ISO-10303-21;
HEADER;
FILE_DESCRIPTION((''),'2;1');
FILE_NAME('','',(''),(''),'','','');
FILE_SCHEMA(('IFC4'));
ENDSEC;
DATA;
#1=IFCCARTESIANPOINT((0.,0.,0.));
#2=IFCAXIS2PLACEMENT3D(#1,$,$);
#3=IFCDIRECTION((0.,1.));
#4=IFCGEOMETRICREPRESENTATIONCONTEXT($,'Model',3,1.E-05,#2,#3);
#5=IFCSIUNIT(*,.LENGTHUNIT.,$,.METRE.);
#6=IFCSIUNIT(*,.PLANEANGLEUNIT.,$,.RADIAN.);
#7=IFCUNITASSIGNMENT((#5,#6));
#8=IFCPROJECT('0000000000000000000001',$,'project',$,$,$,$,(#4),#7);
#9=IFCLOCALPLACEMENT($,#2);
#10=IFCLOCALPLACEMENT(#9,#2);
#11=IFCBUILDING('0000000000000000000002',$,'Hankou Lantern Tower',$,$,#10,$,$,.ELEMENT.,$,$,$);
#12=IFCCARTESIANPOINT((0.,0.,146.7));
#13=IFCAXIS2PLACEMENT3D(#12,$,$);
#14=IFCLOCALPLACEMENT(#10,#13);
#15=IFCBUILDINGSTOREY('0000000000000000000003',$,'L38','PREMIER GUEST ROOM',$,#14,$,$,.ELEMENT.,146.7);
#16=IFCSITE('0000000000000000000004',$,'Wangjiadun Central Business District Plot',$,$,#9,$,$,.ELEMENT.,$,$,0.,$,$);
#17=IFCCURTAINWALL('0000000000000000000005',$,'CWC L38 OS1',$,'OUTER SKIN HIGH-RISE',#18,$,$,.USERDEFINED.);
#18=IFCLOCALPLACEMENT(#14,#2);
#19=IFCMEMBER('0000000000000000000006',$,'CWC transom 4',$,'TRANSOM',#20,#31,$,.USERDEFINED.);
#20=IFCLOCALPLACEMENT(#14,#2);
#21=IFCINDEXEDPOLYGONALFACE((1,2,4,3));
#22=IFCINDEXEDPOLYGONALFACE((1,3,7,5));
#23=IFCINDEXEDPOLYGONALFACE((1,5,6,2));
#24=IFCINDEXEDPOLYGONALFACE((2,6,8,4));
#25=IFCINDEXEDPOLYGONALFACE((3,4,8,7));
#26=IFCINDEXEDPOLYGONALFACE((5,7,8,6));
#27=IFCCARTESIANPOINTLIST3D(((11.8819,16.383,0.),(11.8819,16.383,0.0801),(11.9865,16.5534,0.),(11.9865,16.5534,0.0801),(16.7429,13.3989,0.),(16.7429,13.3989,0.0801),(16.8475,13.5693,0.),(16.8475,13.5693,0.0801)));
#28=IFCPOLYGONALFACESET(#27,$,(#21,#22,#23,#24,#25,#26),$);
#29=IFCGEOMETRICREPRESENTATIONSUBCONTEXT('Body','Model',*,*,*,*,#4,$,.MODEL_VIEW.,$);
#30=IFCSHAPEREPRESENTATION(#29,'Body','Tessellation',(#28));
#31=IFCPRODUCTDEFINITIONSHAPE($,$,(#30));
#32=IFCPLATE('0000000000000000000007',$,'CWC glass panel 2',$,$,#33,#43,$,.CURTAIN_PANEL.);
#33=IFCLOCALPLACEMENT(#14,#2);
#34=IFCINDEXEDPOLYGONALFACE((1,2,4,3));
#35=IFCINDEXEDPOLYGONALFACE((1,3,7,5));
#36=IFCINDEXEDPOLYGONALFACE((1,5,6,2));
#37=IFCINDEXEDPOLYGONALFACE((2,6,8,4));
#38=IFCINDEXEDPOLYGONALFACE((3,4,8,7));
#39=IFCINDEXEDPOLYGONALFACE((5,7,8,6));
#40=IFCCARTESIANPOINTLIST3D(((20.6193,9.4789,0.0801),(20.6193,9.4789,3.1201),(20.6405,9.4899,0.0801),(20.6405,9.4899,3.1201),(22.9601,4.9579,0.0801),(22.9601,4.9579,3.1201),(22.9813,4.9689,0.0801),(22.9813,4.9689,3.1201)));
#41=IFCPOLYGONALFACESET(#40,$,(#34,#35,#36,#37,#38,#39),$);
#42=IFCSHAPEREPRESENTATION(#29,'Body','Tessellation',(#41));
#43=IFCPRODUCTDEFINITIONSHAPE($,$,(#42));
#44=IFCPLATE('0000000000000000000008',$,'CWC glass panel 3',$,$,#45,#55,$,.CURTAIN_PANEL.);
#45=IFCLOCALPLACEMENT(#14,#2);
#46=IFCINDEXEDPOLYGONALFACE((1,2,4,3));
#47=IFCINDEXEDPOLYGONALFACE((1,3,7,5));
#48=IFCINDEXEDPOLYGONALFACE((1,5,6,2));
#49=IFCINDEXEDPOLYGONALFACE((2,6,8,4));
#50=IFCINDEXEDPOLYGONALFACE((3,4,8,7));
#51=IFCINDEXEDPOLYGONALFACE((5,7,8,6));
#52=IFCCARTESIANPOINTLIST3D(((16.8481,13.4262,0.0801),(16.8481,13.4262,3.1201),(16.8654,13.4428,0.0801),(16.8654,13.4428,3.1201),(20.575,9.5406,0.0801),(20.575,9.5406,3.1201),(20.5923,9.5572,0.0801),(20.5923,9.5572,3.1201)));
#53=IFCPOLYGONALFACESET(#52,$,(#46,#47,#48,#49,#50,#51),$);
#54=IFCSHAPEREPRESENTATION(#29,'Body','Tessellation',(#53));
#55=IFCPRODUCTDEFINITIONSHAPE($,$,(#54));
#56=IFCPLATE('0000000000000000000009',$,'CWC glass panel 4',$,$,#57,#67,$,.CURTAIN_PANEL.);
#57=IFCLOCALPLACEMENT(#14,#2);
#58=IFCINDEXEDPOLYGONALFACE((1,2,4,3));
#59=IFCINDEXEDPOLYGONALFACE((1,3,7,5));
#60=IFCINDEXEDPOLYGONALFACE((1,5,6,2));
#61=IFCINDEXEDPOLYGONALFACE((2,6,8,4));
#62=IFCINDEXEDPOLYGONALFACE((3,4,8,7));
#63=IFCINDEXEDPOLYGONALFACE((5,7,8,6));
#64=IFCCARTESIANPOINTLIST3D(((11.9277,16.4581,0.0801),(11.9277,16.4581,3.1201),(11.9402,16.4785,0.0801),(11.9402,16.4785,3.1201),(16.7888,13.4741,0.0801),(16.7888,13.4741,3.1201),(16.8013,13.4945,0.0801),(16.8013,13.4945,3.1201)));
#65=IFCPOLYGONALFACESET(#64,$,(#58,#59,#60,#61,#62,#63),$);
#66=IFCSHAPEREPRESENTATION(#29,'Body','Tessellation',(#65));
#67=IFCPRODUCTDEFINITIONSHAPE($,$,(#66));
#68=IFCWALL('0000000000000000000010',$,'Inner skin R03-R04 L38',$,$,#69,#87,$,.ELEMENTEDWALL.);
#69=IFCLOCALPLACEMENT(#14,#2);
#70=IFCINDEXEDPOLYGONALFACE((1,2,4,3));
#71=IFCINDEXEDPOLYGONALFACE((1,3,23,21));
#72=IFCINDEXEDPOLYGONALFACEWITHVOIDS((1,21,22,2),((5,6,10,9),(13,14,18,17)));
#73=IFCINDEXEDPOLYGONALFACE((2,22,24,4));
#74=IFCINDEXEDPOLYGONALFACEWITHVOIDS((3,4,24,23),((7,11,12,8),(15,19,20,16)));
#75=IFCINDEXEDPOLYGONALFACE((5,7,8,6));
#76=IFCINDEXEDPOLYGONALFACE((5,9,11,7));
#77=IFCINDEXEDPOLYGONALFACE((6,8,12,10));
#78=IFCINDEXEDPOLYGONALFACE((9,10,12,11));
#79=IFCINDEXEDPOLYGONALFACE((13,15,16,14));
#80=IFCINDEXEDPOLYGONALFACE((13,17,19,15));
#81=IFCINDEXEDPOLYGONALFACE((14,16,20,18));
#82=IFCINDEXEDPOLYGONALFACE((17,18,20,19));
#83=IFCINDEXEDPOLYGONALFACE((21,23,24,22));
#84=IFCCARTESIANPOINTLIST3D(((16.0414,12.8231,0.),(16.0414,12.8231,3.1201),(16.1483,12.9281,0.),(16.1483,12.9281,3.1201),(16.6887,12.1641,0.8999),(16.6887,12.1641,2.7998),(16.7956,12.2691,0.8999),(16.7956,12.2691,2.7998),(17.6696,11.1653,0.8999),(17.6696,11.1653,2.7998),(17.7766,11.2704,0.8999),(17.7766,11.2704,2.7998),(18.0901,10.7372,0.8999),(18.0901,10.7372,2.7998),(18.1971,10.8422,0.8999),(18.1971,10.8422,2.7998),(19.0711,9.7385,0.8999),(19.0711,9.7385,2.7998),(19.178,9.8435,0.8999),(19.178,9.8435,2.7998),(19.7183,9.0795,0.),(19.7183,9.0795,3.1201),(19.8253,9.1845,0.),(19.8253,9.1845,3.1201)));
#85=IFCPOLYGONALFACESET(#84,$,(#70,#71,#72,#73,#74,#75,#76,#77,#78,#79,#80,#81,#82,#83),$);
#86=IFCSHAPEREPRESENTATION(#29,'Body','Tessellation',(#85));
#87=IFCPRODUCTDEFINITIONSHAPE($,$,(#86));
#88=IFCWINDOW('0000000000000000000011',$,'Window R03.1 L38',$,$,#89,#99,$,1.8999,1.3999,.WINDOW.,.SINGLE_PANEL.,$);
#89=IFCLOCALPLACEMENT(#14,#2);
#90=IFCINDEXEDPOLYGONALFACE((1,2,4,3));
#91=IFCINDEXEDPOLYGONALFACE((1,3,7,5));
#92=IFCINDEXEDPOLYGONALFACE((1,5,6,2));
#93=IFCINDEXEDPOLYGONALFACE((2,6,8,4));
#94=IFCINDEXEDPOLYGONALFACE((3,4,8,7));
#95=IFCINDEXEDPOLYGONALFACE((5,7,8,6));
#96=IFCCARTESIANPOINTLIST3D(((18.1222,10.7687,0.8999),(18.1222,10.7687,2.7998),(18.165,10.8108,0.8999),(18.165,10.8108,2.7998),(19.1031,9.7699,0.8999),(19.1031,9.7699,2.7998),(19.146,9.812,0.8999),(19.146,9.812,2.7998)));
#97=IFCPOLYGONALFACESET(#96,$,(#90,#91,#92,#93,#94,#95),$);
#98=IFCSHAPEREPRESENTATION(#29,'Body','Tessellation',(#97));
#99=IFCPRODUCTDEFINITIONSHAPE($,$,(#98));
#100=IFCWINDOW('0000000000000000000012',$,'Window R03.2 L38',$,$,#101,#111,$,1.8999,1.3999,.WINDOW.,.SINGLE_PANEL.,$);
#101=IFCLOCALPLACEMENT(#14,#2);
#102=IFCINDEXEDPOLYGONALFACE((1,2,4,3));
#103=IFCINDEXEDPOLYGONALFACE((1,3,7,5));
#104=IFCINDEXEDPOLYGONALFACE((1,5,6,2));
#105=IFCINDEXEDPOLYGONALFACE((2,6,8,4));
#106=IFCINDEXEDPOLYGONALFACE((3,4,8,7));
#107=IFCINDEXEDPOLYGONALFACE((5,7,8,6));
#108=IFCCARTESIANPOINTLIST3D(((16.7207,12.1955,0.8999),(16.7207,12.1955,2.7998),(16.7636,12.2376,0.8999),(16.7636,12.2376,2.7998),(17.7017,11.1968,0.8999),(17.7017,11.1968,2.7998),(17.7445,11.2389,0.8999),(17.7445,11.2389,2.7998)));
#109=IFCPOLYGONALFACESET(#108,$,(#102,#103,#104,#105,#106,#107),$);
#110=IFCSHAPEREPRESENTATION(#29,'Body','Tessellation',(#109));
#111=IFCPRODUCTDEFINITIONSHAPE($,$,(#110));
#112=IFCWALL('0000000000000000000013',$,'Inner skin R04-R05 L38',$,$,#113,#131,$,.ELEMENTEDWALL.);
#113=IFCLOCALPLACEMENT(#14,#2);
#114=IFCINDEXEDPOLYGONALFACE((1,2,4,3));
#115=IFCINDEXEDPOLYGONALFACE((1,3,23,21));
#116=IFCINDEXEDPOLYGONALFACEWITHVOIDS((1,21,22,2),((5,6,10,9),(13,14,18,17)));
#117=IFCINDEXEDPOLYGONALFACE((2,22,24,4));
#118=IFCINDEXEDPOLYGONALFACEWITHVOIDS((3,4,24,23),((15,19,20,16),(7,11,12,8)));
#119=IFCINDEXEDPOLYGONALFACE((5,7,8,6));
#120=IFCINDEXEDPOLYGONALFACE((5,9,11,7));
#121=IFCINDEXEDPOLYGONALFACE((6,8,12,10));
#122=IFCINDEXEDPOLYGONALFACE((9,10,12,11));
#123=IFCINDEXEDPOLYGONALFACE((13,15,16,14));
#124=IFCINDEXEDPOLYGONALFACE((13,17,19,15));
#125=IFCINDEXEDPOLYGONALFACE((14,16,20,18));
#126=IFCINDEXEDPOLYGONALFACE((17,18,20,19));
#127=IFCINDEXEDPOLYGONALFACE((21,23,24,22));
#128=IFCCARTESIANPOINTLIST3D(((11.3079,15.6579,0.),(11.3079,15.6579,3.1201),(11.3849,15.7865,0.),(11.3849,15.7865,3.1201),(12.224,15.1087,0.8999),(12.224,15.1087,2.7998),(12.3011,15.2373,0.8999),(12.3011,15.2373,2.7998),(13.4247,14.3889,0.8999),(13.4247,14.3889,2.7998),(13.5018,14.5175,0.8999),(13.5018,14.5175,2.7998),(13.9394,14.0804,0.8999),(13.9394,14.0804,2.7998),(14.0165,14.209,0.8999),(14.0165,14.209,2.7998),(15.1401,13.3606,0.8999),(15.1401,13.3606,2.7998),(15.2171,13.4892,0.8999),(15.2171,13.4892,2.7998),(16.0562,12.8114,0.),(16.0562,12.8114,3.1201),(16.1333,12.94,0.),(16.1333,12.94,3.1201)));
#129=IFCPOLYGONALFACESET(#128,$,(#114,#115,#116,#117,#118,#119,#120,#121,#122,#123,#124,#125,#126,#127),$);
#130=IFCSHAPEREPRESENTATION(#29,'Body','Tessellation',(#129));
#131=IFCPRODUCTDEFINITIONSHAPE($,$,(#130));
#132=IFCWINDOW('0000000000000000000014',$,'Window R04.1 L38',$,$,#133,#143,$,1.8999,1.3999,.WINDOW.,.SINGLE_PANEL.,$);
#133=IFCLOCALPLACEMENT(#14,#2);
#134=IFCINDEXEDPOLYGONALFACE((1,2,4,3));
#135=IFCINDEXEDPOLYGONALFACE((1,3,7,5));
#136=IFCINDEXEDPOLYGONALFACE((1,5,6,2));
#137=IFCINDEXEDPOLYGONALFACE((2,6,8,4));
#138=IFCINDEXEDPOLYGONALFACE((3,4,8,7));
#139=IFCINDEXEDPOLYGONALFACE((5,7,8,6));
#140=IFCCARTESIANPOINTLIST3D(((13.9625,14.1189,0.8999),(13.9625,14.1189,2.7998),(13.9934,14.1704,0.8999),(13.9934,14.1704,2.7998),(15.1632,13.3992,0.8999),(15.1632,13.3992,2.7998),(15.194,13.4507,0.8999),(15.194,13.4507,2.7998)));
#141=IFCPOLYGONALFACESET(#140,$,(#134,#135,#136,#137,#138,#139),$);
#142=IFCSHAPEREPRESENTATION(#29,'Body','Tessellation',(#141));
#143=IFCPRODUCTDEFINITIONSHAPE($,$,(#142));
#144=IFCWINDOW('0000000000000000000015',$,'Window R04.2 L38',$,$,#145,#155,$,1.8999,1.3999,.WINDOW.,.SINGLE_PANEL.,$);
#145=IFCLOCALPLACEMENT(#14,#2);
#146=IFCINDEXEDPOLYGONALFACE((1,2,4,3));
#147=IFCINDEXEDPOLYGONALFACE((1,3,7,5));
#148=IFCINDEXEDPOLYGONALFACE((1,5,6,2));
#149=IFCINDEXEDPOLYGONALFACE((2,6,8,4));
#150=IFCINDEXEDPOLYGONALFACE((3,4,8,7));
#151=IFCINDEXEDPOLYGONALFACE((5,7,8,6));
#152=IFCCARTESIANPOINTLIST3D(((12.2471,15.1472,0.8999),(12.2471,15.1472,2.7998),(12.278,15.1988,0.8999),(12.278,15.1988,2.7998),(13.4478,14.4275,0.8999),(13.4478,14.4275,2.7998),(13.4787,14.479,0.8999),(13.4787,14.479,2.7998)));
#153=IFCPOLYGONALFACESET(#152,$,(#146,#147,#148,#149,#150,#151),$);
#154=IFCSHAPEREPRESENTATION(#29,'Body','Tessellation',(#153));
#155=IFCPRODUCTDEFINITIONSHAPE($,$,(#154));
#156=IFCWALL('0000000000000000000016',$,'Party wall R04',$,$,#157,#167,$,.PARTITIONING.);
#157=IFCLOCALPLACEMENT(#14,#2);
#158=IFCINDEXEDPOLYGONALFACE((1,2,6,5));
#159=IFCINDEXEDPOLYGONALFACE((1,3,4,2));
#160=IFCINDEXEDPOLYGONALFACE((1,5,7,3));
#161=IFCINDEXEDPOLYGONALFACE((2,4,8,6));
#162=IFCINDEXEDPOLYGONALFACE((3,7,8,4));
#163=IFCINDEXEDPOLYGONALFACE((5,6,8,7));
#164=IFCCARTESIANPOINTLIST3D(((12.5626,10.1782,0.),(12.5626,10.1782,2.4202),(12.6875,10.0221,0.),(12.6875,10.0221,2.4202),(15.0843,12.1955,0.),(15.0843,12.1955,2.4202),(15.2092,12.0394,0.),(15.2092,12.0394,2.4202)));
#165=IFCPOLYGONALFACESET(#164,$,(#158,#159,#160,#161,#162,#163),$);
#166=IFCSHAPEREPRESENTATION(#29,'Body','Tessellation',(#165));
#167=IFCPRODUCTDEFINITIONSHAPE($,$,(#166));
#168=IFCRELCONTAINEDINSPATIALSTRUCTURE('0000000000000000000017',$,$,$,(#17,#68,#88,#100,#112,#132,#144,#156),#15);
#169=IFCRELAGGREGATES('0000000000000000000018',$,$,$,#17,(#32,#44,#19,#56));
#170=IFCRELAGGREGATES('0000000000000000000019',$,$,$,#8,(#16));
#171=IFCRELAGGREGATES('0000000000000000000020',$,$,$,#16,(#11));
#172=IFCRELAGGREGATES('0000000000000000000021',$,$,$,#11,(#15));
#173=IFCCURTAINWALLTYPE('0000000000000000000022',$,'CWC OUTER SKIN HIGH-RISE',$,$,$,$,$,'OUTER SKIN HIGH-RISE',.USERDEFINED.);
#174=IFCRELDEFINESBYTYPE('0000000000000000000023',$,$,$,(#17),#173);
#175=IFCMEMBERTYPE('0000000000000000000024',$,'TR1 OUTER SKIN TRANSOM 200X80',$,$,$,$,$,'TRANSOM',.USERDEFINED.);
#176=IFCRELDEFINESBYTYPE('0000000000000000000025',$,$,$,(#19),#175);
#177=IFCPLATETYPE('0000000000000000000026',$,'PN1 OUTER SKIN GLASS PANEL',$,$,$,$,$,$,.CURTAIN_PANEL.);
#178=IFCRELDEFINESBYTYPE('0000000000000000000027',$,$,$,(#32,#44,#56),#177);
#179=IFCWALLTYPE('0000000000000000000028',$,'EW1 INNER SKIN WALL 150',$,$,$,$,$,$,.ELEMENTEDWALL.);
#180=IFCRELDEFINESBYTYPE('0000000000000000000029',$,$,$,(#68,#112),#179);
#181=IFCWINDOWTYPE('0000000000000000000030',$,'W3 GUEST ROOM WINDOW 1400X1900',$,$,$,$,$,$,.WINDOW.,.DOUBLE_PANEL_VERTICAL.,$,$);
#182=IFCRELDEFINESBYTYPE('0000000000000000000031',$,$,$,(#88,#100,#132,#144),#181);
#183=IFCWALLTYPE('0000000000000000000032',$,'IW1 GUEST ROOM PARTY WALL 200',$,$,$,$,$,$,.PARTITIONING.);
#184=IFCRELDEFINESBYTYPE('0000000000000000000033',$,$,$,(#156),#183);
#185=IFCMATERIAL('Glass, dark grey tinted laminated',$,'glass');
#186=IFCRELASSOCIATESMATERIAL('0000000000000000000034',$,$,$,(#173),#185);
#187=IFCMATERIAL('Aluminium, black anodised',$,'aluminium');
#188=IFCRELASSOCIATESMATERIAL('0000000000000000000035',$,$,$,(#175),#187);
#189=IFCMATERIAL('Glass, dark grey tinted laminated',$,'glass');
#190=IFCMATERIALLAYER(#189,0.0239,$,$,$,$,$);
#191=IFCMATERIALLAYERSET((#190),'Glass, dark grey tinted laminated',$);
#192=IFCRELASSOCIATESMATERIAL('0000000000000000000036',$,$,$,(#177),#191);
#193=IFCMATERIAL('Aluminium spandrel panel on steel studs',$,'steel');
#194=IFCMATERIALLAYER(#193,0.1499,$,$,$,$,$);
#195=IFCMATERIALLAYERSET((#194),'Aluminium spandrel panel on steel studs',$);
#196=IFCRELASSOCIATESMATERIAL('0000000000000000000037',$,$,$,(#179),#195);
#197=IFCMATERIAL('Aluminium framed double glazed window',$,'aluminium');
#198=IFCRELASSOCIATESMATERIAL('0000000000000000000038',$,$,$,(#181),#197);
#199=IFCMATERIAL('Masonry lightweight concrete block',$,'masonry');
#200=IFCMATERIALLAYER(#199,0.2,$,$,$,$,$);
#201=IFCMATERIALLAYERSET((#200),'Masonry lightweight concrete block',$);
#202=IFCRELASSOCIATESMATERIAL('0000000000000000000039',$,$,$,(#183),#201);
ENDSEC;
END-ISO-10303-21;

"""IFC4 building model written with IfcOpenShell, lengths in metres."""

from ifc_helpers import new_model, si_unit, direction, frame, frame_2d, origin, origin_2d, place, context, subcontext, project, spatial, rectangle, extrude, material, layer, layer_set, material_profile, profile_set, type_object, element, fill, aggregate, save


model = new_model("IFC4")

# Units and contexts
model_context = context("Model", 3, precision=1e-05, world=origin(), true_north=direction((0.0, 1.0)))
body_context = subcontext(model_context, "Body", "Model", "MODEL_VIEW")
ifc_project = project(units=[si_unit("LENGTHUNIT", "METRE"), si_unit("PLANEANGLEUNIT", "RADIAN")], contexts=[model_context])

# Site, building, storey
site_placement = place(None, origin())
site = spatial("IfcSite", under=ifc_project, at=site_placement, Name="Wangjiadun Central Business District Plot", CompositionType="ELEMENT", RefElevation=0.0)
building_placement = place(site_placement, origin())
building = spatial("IfcBuilding", under=site, at=building_placement, Name="Hankou Lantern Tower", CompositionType="ELEMENT")
storey_placement = place(building_placement, frame((0.0, 0.0, 146.7)))
storey = spatial("IfcBuildingStorey", under=building, at=storey_placement, Name="L38", Description="PREMIER GUEST ROOM", CompositionType="ELEMENT", Elevation=146.7)

# Curtain wall
ifc_material_1 = material(Name="Glass, dark grey tinted laminated", Category="glass")
curtain_wall_type = type_object("IfcCurtainWallType", Name="CWC OUTER SKIN HIGH-RISE", ElementType="OUTER SKIN HIGH-RISE", PredefinedType="USERDEFINED", material=ifc_material_1)
curtain_wall_placement = place(storey_placement, origin())
curtain_wall = element("IfcCurtainWall", 1, at=curtain_wall_placement, inside=storey, type_object=curtain_wall_type, Name="CWC L38 OS1", ObjectType="OUTER SKIN HIGH-RISE", PredefinedType="USERDEFINED")

# Member
ifc_material_2 = material(Name="Aluminium, black anodised", Category="aluminium")
ifc_material_profile_1 = material_profile(ifc_material_2, rectangle(XDim=0.2, YDim=0.0801, at=origin_2d()), Name="TR1 200X80")
ifc_profile_set_1 = profile_set([ifc_material_profile_1], Name="Aluminium, black anodised")
member_type_1 = type_object("IfcMemberType", Name="TR1 OUTER SKIN TRANSOM 200X80", ElementType="TRANSOM", PredefinedType="USERDEFINED", material=ifc_profile_set_1)
member_1_placement = place(storey_placement, frame((16.7952, 13.4841, 0.04), z_axis=(-0.852229, 0.523168, 0.0), x_axis=(-0.523168, -0.852229, 0.0)))
member_1 = element("IfcMember", 2, at=member_1_placement, type_object=member_type_1, Name="CWC transom 4", ObjectType="TRANSOM", PredefinedType="USERDEFINED", context=body_context, shape_type="SweptSolid", body=[
    extrude(rectangle(XDim=0.2, YDim=0.0801, at=origin_2d()), origin(), (0.0, 0.0, 1.0), 5.7039),
])

# Plates
ifc_material_3 = material(Name="Glass, dark grey tinted laminated", Category="glass")
ifc_layer_1 = layer(ifc_material_3, 0.0239)
ifc_layer_set_1 = layer_set([ifc_layer_1], Name="Glass, dark grey tinted laminated")
plate_type = type_object("IfcPlateType", Name="PN1 OUTER SKIN GLASS PANEL", PredefinedType="CURTAIN_PANEL", material=ifc_layer_set_1)
plate_1_placement = place(storey_placement, frame((21.8003, 7.2239, 0.0801), z_axis=(0.0, 0.0, 1.0), x_axis=(-0.459791, 0.888027, 0.0)))
plate_1 = element("IfcPlate", 3, at=plate_1_placement, type_object=plate_type, Name="CWC glass panel 2", PredefinedType="CURTAIN_PANEL", context=body_context, shape_type="SweptSolid", body=[
    extrude(rectangle(XDim=5.0911, YDim=0.0239, at=origin_2d()), origin(), (0.0, 0.0, 1.0), 3.04),
])
plate_2_placement = place(storey_placement, frame((18.7202, 11.4917, 0.0801), z_axis=(0.0, 0.0, 1.0), x_axis=(-0.692216, 0.721691, 0.0)))
plate_2 = element("IfcPlate", 4, at=plate_2_placement, type_object=plate_type, Name="CWC glass panel 3", PredefinedType="CURTAIN_PANEL", context=body_context, shape_type="SweptSolid", body=[
    extrude(rectangle(XDim=5.384, YDim=0.0239, at=origin_2d()), origin(), (0.0, 0.0, 1.0), 3.04),
])
plate_3_placement = place(storey_placement, frame((14.3645, 14.9763, 0.0801), z_axis=(0.0, 0.0, 1.0), x_axis=(-0.852237, 0.523156, 0.0)))
plate_3 = element("IfcPlate", 5, at=plate_3_placement, type_object=plate_type, Name="CWC glass panel 4", PredefinedType="CURTAIN_PANEL", context=body_context, shape_type="SweptSolid", body=[
    extrude(rectangle(XDim=5.7039, YDim=0.0239, at=origin_2d()), origin(), (0.0, 0.0, 1.0), 3.04),
])
aggregate(curtain_wall, [plate_1, plate_2, member_1, plate_3])

# Walls, openings, windows
ifc_material_4 = material(Name="Aluminium spandrel panel on steel studs", Category="steel")
ifc_layer_2 = layer(ifc_material_4, 0.1499)
ifc_layer_set_2 = layer_set([ifc_layer_2], Name="Aluminium spandrel panel on steel studs")
wall_type_1 = type_object("IfcWallType", Name="EW1 INNER SKIN WALL 150", PredefinedType="ELEMENTEDWALL", material=ifc_layer_set_2)
wall_1_placement = place(storey_placement, frame((19.7717, 9.1321, 0.0), z_axis=(0.0, 0.0, 1.0), x_axis=(-0.700727, 0.713429, 0.0)))
wall_1 = element("IfcWall", 6, at=wall_1_placement, inside=storey, type_object=wall_type_1, Name="Inner skin R03-R04 L38", PredefinedType="ELEMENTEDWALL", context=body_context, shape_type="SweptSolid", body=[
    extrude(rectangle(XDim=5.2473, YDim=0.1499, at=frame_2d((2.6235, 0.0))), origin(), (0.0, 0.0, 1.0), 3.1201),
])
opening_1_placement = place(wall_1_placement, frame((0.9236, 0.0, 0.8999)))
opening_1 = element("IfcOpeningElement", 7, at=opening_1_placement, cuts=wall_1, PredefinedType="OPENING", context=body_context, shape_type="SweptSolid", body=[
    extrude(rectangle(XDim=1.3999, YDim=1.8999, at=frame_2d((0.7, 0.95))), frame((0.0, 0.085, 0.0), z_axis=(0.0, -1.0, 0.0), x_axis=(1.0, 0.0, 0.0)), (0.0, 0.0, 1.0), 0.1699),
])
opening_2_placement = place(wall_1_placement, frame((2.9236, 0.0, 0.8999)))
opening_2 = element("IfcOpeningElement", 8, at=opening_2_placement, cuts=wall_1, PredefinedType="OPENING", context=body_context, shape_type="SweptSolid", body=[
    extrude(rectangle(XDim=1.3999, YDim=1.8999, at=frame_2d((0.7, 0.95))), frame((0.0, 0.085, 0.0), z_axis=(0.0, -1.0, 0.0), x_axis=(1.0, 0.0, 0.0)), (0.0, 0.0, 1.0), 0.1699),
])
ifc_material_5 = material(Name="Aluminium framed double glazed window", Category="aluminium")
window_type = type_object("IfcWindowType", Name="W3 GUEST ROOM WINDOW 1400X1900", PartitioningType="DOUBLE_PANEL_VERTICAL", PredefinedType="WINDOW", material=ifc_material_5)
window_1_placement = place(opening_1_placement, origin())
window_1 = element("IfcWindow", 9, at=window_1_placement, inside=storey, type_object=window_type, Name="Window R03.1 L38", OverallHeight=1.8999, OverallWidth=1.3999, PartitioningType="SINGLE_PANEL", PredefinedType="WINDOW", context=body_context, shape_type="SweptSolid", body=[
    extrude(rectangle(XDim=1.3999, YDim=1.8999, at=frame_2d((0.7, 0.95))), frame((0.0, 0.03, 0.0), z_axis=(0.0, -1.0, 0.0), x_axis=(1.0, 0.0, 0.0)), (0.0, 0.0, 1.0), 0.0601),
])
fill(opening_1, window_1)
window_2_placement = place(opening_2_placement, origin())
window_2 = element("IfcWindow", 10, at=window_2_placement, inside=storey, type_object=window_type, Name="Window R03.2 L38", OverallHeight=1.8999, OverallWidth=1.3999, PartitioningType="SINGLE_PANEL", PredefinedType="WINDOW", context=body_context, shape_type="SweptSolid", body=[
    extrude(rectangle(XDim=1.3999, YDim=1.8999, at=frame_2d((0.7, 0.95))), frame((0.0, 0.03, 0.0), z_axis=(0.0, -1.0, 0.0), x_axis=(1.0, 0.0, 0.0)), (0.0, 0.0, 1.0), 0.0601),
])
fill(opening_2, window_2)
wall_2_placement = place(storey_placement, frame((16.0947, 12.8757, 0.0), z_axis=(0.0, 0.0, 1.0), x_axis=(-0.857695, 0.514158, 0.0)))
wall_2 = element("IfcWall", 11, at=wall_2_placement, inside=storey, type_object=wall_type_1, Name="Inner skin R04-R05 L38", PredefinedType="ELEMENTEDWALL", context=body_context, shape_type="SweptSolid", body=[
    extrude(rectangle(XDim=5.5361, YDim=0.1499, at=frame_2d((2.7681, 0.0))), origin(), (0.0, 0.0, 1.0), 3.1201),
])
opening_3_placement = place(wall_2_placement, frame((1.0681, 0.0, 0.8999)))
opening_3 = element("IfcOpeningElement", 12, at=opening_3_placement, cuts=wall_2, PredefinedType="OPENING", context=body_context, shape_type="SweptSolid", body=[
    extrude(rectangle(XDim=1.3999, YDim=1.8999, at=frame_2d((0.7, 0.95))), frame((0.0, 0.085, 0.0), z_axis=(0.0, -1.0, 0.0), x_axis=(1.0, 0.0, 0.0)), (0.0, 0.0, 1.0), 0.1699),
])
opening_4_placement = place(wall_2_placement, frame((3.0681, 0.0, 0.8999)))
opening_4 = element("IfcOpeningElement", 13, at=opening_4_placement, cuts=wall_2, PredefinedType="OPENING", context=body_context, shape_type="SweptSolid", body=[
    extrude(rectangle(XDim=1.3999, YDim=1.8999, at=frame_2d((0.7, 0.95))), frame((0.0, 0.085, 0.0), z_axis=(0.0, -1.0, 0.0), x_axis=(1.0, 0.0, 0.0)), (0.0, 0.0, 1.0), 0.1699),
])
window_3_placement = place(opening_3_placement, origin())
window_3 = element("IfcWindow", 14, at=window_3_placement, inside=storey, type_object=window_type, Name="Window R04.1 L38", OverallHeight=1.8999, OverallWidth=1.3999, PartitioningType="SINGLE_PANEL", PredefinedType="WINDOW", context=body_context, shape_type="SweptSolid", body=[
    extrude(rectangle(XDim=1.3999, YDim=1.8999, at=frame_2d((0.7, 0.95))), frame((0.0, 0.03, 0.0), z_axis=(0.0, -1.0, 0.0), x_axis=(1.0, 0.0, 0.0)), (0.0, 0.0, 1.0), 0.0601),
])
fill(opening_3, window_3)
window_4_placement = place(opening_4_placement, origin())
window_4 = element("IfcWindow", 15, at=window_4_placement, inside=storey, type_object=window_type, Name="Window R04.2 L38", OverallHeight=1.8999, OverallWidth=1.3999, PartitioningType="SINGLE_PANEL", PredefinedType="WINDOW", context=body_context, shape_type="SweptSolid", body=[
    extrude(rectangle(XDim=1.3999, YDim=1.8999, at=frame_2d((0.7, 0.95))), frame((0.0, 0.03, 0.0), z_axis=(0.0, -1.0, 0.0), x_axis=(1.0, 0.0, 0.0)), (0.0, 0.0, 1.0), 0.0601),
])
fill(opening_4, window_4)

# Wall
ifc_material_6 = material(Name="Masonry lightweight concrete block", Category="masonry")
ifc_layer_3 = layer(ifc_material_6, 0.2)
ifc_layer_set_3 = layer_set([ifc_layer_3], Name="Masonry lightweight concrete block")
wall_type_2 = type_object("IfcWallType", Name="IW1 GUEST ROOM PARTY WALL 200", PredefinedType="PARTITIONING", material=ifc_layer_set_3)
wall_3_placement = place(storey_placement, frame((12.625, 10.1001, 0.0), z_axis=(0.0, 0.0, 1.0), x_axis=(0.780876, 0.624686, 0.0)))
element("IfcWall", 16, at=wall_3_placement, inside=storey, type_object=wall_type_2, Name="Party wall R04", PredefinedType="PARTITIONING", context=body_context, shape_type="SweptSolid", body=[
    extrude(rectangle(XDim=3.2292, YDim=0.2, at=frame_2d((1.6147, 0.0))), origin(), (0.0, 0.0, 1.0), 2.4202),
])

save(model, "model.ifc")
